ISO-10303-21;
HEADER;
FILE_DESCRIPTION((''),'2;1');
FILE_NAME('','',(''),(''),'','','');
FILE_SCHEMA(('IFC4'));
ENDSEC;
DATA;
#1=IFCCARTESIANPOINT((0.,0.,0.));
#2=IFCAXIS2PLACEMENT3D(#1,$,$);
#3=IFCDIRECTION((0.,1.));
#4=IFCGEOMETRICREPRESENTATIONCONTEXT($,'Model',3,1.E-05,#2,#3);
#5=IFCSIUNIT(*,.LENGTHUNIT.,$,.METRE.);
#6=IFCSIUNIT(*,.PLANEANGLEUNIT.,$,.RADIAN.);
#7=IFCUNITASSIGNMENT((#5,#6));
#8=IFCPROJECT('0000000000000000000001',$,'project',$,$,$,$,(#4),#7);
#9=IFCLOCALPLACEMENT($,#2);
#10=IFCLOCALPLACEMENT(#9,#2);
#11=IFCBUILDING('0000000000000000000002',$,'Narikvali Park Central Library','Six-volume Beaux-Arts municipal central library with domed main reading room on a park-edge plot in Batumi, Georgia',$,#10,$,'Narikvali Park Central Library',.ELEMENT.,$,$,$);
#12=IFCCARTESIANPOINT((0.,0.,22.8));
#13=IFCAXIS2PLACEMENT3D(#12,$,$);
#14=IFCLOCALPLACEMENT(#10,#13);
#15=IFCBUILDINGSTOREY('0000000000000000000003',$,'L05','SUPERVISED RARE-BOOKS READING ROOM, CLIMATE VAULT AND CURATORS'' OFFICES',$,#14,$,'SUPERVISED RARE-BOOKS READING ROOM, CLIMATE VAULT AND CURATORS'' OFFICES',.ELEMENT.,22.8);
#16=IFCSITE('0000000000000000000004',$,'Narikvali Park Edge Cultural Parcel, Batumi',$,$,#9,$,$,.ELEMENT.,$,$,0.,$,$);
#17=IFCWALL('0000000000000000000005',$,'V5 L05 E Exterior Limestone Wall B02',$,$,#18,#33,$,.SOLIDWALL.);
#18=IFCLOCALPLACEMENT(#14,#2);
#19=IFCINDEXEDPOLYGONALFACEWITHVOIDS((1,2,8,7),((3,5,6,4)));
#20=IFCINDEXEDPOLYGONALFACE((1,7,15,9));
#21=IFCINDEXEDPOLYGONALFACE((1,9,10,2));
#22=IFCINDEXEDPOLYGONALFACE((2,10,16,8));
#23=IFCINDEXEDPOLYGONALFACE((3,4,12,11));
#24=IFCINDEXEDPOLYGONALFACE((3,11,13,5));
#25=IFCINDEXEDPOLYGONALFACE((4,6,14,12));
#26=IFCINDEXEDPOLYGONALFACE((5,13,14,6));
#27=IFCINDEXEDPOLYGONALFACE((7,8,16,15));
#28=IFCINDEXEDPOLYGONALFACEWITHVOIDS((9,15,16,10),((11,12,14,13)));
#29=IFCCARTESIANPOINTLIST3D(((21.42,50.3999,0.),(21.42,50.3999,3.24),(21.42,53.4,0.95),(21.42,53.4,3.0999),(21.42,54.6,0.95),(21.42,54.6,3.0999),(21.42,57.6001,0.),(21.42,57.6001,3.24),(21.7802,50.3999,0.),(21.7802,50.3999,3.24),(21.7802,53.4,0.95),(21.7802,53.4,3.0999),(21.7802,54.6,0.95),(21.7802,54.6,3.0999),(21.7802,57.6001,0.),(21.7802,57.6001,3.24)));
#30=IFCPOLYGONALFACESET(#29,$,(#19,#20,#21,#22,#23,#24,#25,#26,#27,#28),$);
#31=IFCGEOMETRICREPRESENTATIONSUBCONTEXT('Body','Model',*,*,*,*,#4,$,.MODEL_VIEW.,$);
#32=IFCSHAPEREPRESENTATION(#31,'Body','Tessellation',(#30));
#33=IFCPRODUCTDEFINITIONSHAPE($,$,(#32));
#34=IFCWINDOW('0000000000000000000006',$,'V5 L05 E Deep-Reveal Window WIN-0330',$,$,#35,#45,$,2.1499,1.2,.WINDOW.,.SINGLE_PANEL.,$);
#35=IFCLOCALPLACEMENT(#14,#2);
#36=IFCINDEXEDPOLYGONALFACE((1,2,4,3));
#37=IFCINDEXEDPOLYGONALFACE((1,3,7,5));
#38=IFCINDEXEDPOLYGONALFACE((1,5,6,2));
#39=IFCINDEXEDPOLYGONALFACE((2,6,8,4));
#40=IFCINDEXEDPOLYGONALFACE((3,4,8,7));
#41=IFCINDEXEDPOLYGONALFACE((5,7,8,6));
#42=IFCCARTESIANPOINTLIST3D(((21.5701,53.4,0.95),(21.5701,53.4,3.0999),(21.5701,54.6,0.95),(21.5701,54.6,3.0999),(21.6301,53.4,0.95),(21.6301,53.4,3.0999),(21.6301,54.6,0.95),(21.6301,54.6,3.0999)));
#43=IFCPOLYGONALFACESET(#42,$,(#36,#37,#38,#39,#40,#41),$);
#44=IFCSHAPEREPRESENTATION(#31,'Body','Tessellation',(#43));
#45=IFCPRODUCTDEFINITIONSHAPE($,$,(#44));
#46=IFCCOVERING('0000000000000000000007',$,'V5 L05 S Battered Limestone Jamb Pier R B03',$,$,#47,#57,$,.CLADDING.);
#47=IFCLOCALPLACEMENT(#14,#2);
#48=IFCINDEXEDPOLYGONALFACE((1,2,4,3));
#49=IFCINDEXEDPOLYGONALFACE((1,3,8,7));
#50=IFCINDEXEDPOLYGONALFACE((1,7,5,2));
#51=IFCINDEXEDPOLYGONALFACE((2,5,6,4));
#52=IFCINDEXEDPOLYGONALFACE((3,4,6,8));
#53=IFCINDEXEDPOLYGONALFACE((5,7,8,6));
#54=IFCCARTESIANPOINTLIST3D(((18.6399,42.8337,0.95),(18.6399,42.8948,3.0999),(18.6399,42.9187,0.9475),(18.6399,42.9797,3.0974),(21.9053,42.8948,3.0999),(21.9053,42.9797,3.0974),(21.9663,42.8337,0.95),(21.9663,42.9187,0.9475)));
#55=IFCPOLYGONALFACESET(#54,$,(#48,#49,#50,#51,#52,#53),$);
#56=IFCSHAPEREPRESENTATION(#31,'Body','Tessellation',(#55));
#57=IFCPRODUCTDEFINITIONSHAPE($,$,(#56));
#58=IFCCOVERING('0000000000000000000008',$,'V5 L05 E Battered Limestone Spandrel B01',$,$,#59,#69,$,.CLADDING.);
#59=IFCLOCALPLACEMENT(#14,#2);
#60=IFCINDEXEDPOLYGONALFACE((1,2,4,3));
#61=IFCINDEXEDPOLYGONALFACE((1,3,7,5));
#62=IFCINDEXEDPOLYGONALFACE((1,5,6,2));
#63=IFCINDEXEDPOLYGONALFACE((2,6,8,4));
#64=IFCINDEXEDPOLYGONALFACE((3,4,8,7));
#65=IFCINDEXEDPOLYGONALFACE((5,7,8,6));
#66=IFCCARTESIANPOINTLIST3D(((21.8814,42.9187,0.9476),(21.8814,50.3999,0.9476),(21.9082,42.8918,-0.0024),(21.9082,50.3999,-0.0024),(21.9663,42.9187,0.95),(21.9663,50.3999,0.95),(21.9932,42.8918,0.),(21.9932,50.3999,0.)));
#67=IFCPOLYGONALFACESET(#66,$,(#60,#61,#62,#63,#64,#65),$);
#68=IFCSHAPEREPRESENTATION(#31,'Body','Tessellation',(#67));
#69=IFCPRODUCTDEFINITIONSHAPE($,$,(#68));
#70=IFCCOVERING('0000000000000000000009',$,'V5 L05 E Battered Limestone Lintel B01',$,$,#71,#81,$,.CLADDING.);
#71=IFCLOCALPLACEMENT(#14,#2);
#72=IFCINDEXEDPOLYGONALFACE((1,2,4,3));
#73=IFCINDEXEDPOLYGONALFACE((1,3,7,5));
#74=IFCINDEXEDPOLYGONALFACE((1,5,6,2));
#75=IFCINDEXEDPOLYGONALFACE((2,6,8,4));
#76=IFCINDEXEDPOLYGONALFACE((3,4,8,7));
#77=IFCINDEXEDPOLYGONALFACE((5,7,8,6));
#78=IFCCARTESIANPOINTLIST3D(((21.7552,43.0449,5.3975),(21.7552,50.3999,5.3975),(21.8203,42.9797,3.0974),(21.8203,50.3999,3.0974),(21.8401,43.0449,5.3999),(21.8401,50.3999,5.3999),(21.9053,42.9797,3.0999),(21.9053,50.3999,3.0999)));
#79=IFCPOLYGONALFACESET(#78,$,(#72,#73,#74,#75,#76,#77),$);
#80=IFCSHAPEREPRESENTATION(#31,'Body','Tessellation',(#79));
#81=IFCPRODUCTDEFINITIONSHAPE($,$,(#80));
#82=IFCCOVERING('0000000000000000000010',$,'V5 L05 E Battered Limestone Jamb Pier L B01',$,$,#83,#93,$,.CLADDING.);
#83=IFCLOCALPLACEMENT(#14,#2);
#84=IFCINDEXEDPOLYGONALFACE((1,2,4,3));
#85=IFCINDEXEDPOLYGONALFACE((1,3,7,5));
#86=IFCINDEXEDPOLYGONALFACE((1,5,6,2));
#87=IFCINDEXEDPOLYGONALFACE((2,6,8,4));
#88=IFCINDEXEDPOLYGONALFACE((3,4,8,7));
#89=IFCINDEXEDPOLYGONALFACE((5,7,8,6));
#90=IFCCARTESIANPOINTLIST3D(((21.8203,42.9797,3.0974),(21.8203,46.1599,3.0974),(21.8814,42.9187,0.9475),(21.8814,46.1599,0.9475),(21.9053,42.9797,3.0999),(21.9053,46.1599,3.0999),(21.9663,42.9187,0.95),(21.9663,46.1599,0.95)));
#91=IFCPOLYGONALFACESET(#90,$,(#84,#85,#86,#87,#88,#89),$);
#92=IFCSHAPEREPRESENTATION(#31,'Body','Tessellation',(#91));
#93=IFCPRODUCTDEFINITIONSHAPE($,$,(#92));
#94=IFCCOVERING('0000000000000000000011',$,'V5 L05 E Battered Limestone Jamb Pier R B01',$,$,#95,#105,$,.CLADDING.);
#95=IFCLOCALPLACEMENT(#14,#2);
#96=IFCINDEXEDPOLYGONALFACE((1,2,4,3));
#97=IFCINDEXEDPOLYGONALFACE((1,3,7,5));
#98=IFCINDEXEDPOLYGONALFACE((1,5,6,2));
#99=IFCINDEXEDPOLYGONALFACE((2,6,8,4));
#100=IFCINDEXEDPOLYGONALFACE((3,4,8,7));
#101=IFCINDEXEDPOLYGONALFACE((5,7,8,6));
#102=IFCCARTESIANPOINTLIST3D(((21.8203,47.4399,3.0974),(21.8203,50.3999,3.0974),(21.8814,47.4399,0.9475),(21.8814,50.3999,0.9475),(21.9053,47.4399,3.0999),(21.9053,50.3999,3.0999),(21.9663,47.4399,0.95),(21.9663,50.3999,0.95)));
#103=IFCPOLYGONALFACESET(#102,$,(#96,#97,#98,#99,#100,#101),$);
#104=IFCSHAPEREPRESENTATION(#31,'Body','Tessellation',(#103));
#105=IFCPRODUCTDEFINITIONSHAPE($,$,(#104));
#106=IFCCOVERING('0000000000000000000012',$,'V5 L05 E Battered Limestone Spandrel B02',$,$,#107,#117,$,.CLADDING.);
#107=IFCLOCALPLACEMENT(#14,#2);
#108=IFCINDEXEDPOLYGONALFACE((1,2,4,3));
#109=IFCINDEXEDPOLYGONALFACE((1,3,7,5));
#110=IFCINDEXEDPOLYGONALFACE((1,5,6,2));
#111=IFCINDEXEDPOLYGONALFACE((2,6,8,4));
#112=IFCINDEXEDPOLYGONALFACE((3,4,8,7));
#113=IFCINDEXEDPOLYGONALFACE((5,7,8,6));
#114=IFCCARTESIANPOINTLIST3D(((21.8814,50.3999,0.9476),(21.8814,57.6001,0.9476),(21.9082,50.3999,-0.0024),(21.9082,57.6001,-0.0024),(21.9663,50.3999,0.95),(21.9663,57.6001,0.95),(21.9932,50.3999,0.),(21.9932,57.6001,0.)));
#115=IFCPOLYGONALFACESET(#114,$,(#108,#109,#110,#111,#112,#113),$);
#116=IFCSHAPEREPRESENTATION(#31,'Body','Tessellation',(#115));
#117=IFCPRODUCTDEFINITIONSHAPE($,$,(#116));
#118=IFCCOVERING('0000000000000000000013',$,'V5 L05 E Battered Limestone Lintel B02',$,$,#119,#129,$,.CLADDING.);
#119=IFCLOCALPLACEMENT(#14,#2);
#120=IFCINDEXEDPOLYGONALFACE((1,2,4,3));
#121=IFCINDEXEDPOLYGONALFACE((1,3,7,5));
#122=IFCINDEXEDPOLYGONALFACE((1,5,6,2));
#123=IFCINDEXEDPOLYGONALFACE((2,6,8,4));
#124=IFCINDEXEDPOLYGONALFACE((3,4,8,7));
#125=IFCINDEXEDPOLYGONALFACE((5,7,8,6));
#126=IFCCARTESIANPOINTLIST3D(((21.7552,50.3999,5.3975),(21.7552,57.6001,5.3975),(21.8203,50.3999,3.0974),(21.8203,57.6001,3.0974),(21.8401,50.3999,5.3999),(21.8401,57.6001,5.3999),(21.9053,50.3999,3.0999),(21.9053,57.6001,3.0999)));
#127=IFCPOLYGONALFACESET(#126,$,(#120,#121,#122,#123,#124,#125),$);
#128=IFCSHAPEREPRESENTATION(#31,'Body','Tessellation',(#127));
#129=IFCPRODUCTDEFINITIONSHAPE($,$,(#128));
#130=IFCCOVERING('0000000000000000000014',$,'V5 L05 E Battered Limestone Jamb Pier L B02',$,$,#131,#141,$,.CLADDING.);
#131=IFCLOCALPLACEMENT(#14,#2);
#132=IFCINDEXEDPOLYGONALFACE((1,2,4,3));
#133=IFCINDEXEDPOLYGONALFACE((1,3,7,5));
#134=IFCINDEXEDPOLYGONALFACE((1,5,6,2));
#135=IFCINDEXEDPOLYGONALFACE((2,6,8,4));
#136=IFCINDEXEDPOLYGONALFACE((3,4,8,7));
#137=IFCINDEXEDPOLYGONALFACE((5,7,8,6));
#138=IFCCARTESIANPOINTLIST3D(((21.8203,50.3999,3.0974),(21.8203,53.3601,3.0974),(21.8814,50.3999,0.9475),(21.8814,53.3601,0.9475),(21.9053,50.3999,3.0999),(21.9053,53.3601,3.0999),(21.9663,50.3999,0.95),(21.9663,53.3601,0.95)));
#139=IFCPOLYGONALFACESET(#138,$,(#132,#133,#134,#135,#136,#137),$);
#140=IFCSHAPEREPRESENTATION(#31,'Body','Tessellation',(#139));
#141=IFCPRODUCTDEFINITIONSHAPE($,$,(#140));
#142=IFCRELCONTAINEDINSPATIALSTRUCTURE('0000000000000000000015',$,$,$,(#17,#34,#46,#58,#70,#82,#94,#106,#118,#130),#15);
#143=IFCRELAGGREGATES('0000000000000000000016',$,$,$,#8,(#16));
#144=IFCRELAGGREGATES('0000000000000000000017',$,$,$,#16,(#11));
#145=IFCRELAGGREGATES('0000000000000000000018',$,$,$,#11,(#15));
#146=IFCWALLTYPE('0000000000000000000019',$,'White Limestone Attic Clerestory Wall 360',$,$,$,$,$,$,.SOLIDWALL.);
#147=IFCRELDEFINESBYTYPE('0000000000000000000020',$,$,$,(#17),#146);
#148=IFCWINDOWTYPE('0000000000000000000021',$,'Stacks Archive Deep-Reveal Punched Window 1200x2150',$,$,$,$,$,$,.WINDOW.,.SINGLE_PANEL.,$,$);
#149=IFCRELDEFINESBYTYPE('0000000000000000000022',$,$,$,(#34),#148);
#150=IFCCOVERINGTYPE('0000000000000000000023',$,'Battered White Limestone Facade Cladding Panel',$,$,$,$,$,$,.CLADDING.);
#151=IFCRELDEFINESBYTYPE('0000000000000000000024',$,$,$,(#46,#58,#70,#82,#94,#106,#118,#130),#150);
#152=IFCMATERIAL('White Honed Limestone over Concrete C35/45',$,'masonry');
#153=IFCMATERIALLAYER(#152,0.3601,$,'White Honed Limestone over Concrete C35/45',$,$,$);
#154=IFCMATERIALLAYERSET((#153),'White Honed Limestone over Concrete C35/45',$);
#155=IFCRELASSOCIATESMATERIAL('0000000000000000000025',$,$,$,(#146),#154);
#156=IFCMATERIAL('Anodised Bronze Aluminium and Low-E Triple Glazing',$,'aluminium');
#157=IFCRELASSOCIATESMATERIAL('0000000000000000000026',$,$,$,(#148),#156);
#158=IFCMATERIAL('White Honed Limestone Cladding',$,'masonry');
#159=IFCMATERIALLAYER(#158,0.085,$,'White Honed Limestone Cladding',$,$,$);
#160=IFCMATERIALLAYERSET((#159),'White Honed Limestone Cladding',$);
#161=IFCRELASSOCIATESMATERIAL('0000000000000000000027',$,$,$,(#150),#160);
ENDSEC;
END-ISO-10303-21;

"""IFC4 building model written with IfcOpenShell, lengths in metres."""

from ifc_helpers import new_model, si_unit, direction, frame, frame_2d, origin, place, context, subcontext, project, spatial, polyline, rectangle, outline, extrude, material, layer, layer_set, type_object, element, fill, save


model = new_model("IFC4")

# Units and contexts
model_context = context("Model", 3, precision=1e-05, world=origin(), true_north=direction((0.0, 1.0)))
body_context = subcontext(model_context, "Body", "Model", "MODEL_VIEW")
ifc_project = project(units=[si_unit("LENGTHUNIT", "METRE"), si_unit("PLANEANGLEUNIT", "RADIAN")], contexts=[model_context])

# Site, building, storey
site_placement = place(None, origin())
site = spatial("IfcSite", under=ifc_project, at=site_placement, Name="Narikvali Park Edge Cultural Parcel, Batumi", CompositionType="ELEMENT", RefElevation=0.0)
building_placement = place(site_placement, origin())
building = spatial("IfcBuilding", under=site, at=building_placement, Name="Narikvali Park Central Library", Description="Six-volume Beaux-Arts municipal central library with domed main reading room on a park-edge plot in Batumi, Georgia", LongName="Narikvali Park Central Library", CompositionType="ELEMENT")
storey_placement = place(building_placement, frame((0.0, 0.0, 22.8)))
storey = spatial("IfcBuildingStorey", under=building, at=storey_placement, Name="L05", Description="SUPERVISED RARE-BOOKS READING ROOM, CLIMATE VAULT AND CURATORS' OFFICES", LongName="SUPERVISED RARE-BOOKS READING ROOM, CLIMATE VAULT AND CURATORS' OFFICES", CompositionType="ELEMENT", Elevation=22.8)

# Shared definitions
ifc_material_1 = material(Name="White Honed Limestone over Concrete C35/45", Category="masonry")

# Wall, opening, window
ifc_layer_1 = layer(ifc_material_1, 0.3601, Name="White Honed Limestone over Concrete C35/45")
ifc_layer_set_1 = layer_set([ifc_layer_1], Name="White Honed Limestone over Concrete C35/45")
wall_type_1 = type_object("IfcWallType", Name="White Limestone Attic Clerestory Wall 360", PredefinedType="SOLIDWALL", material=ifc_layer_set_1)
ifc_material_2 = material(Name="Anodised Bronze Aluminium and Low-E Triple Glazing", Category="aluminium")
window_type = type_object("IfcWindowType", Name="Stacks Archive Deep-Reveal Punched Window 1200x2150", PartitioningType="SINGLE_PANEL", PredefinedType="WINDOW", material=ifc_material_2)
wall_1_placement = place(storey_placement, frame((21.6001, 50.3999, 0.0), z_axis=(0.0, 0.0, 1.0), x_axis=(0.0, 1.0, 0.0)))
wall_1 = element("IfcWall", 1, at=wall_1_placement, inside=storey, type_object=wall_type_1, Name="V5 L05 E Exterior Limestone Wall B02", PredefinedType="SOLIDWALL", context=body_context, shape_type="SweptSolid", body=[
    extrude(rectangle(XDim=7.2002, YDim=0.3601, at=frame_2d((3.6001, 0.0))), origin(), (0.0, 0.0, 1.0), 3.24),
])
opening_1_placement = place(wall_1_placement, frame((3.0, 0.0, 0.95)))
opening_1 = element("IfcOpeningElement", 2, at=opening_1_placement, cuts=wall_1, PredefinedType="OPENING", context=body_context, shape_type="SweptSolid", body=[
    extrude(rectangle(XDim=1.2, YDim=2.1499, at=frame_2d((0.6001, 1.075))), frame((0.0, 0.1919, 0.0), z_axis=(0.0, -1.0, 0.0), x_axis=(1.0, 0.0, 0.0)), (0.0, 0.0, 1.0), 0.384),
])
window_1_placement = place(opening_1_placement, origin())
window_1 = element("IfcWindow", 3, at=window_1_placement, inside=storey, type_object=window_type, Name="V5 L05 E Deep-Reveal Window WIN-0330", OverallHeight=2.1499, OverallWidth=1.2, PartitioningType="SINGLE_PANEL", PredefinedType="WINDOW", context=body_context, shape_type="SweptSolid", body=[
    extrude(rectangle(XDim=1.2, YDim=2.1499, at=frame_2d((0.6001, 1.075))), frame((0.0, 0.03, 0.0), z_axis=(0.0, -1.0, 0.0), x_axis=(1.0, 0.0, 0.0)), (0.0, 0.0, 1.0), 0.0601),
])
fill(opening_1, window_1)

# Coverings
ifc_material_3 = material(Name="White Honed Limestone Cladding", Category="masonry")
ifc_layer_2 = layer(ifc_material_3, 0.085, Name="White Honed Limestone Cladding")
ifc_layer_set_2 = layer_set([ifc_layer_2], Name="White Honed Limestone Cladding")
covering_type = type_object("IfcCoveringType", Name="Battered White Limestone Facade Cladding Panel", PredefinedType="CLADDING", material=ifc_layer_set_2)
covering_1_placement = place(storey_placement, frame((18.6399, 42.8337, 0.95), z_axis=(0.0, -0.999597, 0.028378), x_axis=(1.0, 0.0, 0.0)))
element("IfcCovering", 4, at=covering_1_placement, inside=storey, type_object=covering_type, Name="V5 L05 S Battered Limestone Jamb Pier R B03", PredefinedType="CLADDING", context=body_context, shape_type="SweptSolid", body=[
    extrude(outline(polyline([(0.0, 0.0), (3.3264, 0.0), (3.2654, 2.1508), (0.0, 2.1508), (0.0, 0.0)])), origin(), (0.0, 0.0, -1.0), 0.085),
])
covering_2_placement = place(storey_placement, frame((21.9932, 42.8918, 0.0), z_axis=(0.999601, 0.0, 0.028259), x_axis=(0.0, 1.0, 0.0)))
element("IfcCovering", 5, at=covering_2_placement, inside=storey, type_object=covering_type, Name="V5 L05 E Battered Limestone Spandrel B01", PredefinedType="CLADDING", context=body_context, shape_type="SweptSolid", body=[
    extrude(outline(polyline([(0.0, 0.0), (7.5081, 0.0), (7.5081, 0.9503), (0.0269, 0.9503), (0.0, 0.0)])), origin(), (0.0, 0.0, -1.0), 0.085),
])
covering_3_placement = place(storey_placement, frame((21.9053, 42.9797, 3.0999), z_axis=(0.999599, 0.0, 0.02833), x_axis=(0.0, 1.0, 0.0)))
element("IfcCovering", 6, at=covering_3_placement, inside=storey, type_object=covering_type, Name="V5 L05 E Battered Limestone Lintel B01", PredefinedType="CLADDING", context=body_context, shape_type="SweptSolid", body=[
    extrude(outline(polyline([(0.0, 0.0), (7.4202, 0.0), (7.4202, 2.301), (0.0652, 2.301), (0.0, 0.0)])), origin(), (0.0, 0.0, -1.0), 0.085),
])
covering_4_placement = place(storey_placement, frame((21.9663, 42.9187, 0.95), z_axis=(0.999597, 0.0, 0.028378), x_axis=(0.0, 1.0, 0.0)))
element("IfcCovering", 7, at=covering_4_placement, inside=storey, type_object=covering_type, Name="V5 L05 E Battered Limestone Jamb Pier L B01", PredefinedType="CLADDING", context=body_context, shape_type="SweptSolid", body=[
    extrude(outline(polyline([(0.0, 0.0), (3.2412, 0.0), (3.2412, 2.1508), (0.061, 2.1508), (0.0, 0.0)])), origin(), (0.0, 0.0, -1.0), 0.085),
])
covering_5_placement = place(storey_placement, frame((21.9663, 47.4399, 0.95), z_axis=(0.999597, 0.0, 0.028378), x_axis=(0.0, 1.0, 0.0)))
element("IfcCovering", 8, at=covering_5_placement, inside=storey, type_object=covering_type, Name="V5 L05 E Battered Limestone Jamb Pier R B01", PredefinedType="CLADDING", context=body_context, shape_type="SweptSolid", body=[
    extrude(outline(polyline([(0.0, 0.0), (2.96, 0.0), (2.96, 2.1508), (0.0, 2.1508), (0.0, 0.0)])), origin(), (0.0, 0.0, -1.0), 0.085),
])
covering_6_placement = place(storey_placement, frame((21.9932, 50.3999, 0.0), z_axis=(0.999601, 0.0, 0.028259), x_axis=(0.0, 1.0, 0.0)))
element("IfcCovering", 9, at=covering_6_placement, inside=storey, type_object=covering_type, Name="V5 L05 E Battered Limestone Spandrel B02", PredefinedType="CLADDING", context=body_context, shape_type="SweptSolid", body=[
    extrude(outline(polyline([(0.0, 0.0), (7.2002, 0.0), (7.2002, 0.9503), (0.0, 0.9503), (0.0, 0.0)])), origin(), (0.0, 0.0, -1.0), 0.085),
])
covering_7_placement = place(storey_placement, frame((21.9053, 50.3999, 3.0999), z_axis=(0.999599, 0.0, 0.02833), x_axis=(0.0, 1.0, 0.0)))
element("IfcCovering", 10, at=covering_7_placement, inside=storey, type_object=covering_type, Name="V5 L05 E Battered Limestone Lintel B02", PredefinedType="CLADDING", context=body_context, shape_type="SweptSolid", body=[
    extrude(outline(polyline([(0.0, 0.0), (7.2002, 0.0), (7.2002, 2.301), (0.0, 2.301), (0.0, 0.0)])), origin(), (0.0, 0.0, -1.0), 0.085),
])
covering_8_placement = place(storey_placement, frame((21.9663, 50.3999, 0.95), z_axis=(0.999597, 0.0, 0.028378), x_axis=(0.0, 1.0, 0.0)))
element("IfcCovering", 11, at=covering_8_placement, inside=storey, type_object=covering_type, Name="V5 L05 E Battered Limestone Jamb Pier L B02", PredefinedType="CLADDING", context=body_context, shape_type="SweptSolid", body=[
    extrude(outline(polyline([(0.0, 0.0), (2.9602, 0.0), (2.9602, 2.1508), (0.0, 2.1508), (0.0, 0.0)])), origin(), (0.0, 0.0, -1.0), 0.085),
])

save(model, "model.ifc")
